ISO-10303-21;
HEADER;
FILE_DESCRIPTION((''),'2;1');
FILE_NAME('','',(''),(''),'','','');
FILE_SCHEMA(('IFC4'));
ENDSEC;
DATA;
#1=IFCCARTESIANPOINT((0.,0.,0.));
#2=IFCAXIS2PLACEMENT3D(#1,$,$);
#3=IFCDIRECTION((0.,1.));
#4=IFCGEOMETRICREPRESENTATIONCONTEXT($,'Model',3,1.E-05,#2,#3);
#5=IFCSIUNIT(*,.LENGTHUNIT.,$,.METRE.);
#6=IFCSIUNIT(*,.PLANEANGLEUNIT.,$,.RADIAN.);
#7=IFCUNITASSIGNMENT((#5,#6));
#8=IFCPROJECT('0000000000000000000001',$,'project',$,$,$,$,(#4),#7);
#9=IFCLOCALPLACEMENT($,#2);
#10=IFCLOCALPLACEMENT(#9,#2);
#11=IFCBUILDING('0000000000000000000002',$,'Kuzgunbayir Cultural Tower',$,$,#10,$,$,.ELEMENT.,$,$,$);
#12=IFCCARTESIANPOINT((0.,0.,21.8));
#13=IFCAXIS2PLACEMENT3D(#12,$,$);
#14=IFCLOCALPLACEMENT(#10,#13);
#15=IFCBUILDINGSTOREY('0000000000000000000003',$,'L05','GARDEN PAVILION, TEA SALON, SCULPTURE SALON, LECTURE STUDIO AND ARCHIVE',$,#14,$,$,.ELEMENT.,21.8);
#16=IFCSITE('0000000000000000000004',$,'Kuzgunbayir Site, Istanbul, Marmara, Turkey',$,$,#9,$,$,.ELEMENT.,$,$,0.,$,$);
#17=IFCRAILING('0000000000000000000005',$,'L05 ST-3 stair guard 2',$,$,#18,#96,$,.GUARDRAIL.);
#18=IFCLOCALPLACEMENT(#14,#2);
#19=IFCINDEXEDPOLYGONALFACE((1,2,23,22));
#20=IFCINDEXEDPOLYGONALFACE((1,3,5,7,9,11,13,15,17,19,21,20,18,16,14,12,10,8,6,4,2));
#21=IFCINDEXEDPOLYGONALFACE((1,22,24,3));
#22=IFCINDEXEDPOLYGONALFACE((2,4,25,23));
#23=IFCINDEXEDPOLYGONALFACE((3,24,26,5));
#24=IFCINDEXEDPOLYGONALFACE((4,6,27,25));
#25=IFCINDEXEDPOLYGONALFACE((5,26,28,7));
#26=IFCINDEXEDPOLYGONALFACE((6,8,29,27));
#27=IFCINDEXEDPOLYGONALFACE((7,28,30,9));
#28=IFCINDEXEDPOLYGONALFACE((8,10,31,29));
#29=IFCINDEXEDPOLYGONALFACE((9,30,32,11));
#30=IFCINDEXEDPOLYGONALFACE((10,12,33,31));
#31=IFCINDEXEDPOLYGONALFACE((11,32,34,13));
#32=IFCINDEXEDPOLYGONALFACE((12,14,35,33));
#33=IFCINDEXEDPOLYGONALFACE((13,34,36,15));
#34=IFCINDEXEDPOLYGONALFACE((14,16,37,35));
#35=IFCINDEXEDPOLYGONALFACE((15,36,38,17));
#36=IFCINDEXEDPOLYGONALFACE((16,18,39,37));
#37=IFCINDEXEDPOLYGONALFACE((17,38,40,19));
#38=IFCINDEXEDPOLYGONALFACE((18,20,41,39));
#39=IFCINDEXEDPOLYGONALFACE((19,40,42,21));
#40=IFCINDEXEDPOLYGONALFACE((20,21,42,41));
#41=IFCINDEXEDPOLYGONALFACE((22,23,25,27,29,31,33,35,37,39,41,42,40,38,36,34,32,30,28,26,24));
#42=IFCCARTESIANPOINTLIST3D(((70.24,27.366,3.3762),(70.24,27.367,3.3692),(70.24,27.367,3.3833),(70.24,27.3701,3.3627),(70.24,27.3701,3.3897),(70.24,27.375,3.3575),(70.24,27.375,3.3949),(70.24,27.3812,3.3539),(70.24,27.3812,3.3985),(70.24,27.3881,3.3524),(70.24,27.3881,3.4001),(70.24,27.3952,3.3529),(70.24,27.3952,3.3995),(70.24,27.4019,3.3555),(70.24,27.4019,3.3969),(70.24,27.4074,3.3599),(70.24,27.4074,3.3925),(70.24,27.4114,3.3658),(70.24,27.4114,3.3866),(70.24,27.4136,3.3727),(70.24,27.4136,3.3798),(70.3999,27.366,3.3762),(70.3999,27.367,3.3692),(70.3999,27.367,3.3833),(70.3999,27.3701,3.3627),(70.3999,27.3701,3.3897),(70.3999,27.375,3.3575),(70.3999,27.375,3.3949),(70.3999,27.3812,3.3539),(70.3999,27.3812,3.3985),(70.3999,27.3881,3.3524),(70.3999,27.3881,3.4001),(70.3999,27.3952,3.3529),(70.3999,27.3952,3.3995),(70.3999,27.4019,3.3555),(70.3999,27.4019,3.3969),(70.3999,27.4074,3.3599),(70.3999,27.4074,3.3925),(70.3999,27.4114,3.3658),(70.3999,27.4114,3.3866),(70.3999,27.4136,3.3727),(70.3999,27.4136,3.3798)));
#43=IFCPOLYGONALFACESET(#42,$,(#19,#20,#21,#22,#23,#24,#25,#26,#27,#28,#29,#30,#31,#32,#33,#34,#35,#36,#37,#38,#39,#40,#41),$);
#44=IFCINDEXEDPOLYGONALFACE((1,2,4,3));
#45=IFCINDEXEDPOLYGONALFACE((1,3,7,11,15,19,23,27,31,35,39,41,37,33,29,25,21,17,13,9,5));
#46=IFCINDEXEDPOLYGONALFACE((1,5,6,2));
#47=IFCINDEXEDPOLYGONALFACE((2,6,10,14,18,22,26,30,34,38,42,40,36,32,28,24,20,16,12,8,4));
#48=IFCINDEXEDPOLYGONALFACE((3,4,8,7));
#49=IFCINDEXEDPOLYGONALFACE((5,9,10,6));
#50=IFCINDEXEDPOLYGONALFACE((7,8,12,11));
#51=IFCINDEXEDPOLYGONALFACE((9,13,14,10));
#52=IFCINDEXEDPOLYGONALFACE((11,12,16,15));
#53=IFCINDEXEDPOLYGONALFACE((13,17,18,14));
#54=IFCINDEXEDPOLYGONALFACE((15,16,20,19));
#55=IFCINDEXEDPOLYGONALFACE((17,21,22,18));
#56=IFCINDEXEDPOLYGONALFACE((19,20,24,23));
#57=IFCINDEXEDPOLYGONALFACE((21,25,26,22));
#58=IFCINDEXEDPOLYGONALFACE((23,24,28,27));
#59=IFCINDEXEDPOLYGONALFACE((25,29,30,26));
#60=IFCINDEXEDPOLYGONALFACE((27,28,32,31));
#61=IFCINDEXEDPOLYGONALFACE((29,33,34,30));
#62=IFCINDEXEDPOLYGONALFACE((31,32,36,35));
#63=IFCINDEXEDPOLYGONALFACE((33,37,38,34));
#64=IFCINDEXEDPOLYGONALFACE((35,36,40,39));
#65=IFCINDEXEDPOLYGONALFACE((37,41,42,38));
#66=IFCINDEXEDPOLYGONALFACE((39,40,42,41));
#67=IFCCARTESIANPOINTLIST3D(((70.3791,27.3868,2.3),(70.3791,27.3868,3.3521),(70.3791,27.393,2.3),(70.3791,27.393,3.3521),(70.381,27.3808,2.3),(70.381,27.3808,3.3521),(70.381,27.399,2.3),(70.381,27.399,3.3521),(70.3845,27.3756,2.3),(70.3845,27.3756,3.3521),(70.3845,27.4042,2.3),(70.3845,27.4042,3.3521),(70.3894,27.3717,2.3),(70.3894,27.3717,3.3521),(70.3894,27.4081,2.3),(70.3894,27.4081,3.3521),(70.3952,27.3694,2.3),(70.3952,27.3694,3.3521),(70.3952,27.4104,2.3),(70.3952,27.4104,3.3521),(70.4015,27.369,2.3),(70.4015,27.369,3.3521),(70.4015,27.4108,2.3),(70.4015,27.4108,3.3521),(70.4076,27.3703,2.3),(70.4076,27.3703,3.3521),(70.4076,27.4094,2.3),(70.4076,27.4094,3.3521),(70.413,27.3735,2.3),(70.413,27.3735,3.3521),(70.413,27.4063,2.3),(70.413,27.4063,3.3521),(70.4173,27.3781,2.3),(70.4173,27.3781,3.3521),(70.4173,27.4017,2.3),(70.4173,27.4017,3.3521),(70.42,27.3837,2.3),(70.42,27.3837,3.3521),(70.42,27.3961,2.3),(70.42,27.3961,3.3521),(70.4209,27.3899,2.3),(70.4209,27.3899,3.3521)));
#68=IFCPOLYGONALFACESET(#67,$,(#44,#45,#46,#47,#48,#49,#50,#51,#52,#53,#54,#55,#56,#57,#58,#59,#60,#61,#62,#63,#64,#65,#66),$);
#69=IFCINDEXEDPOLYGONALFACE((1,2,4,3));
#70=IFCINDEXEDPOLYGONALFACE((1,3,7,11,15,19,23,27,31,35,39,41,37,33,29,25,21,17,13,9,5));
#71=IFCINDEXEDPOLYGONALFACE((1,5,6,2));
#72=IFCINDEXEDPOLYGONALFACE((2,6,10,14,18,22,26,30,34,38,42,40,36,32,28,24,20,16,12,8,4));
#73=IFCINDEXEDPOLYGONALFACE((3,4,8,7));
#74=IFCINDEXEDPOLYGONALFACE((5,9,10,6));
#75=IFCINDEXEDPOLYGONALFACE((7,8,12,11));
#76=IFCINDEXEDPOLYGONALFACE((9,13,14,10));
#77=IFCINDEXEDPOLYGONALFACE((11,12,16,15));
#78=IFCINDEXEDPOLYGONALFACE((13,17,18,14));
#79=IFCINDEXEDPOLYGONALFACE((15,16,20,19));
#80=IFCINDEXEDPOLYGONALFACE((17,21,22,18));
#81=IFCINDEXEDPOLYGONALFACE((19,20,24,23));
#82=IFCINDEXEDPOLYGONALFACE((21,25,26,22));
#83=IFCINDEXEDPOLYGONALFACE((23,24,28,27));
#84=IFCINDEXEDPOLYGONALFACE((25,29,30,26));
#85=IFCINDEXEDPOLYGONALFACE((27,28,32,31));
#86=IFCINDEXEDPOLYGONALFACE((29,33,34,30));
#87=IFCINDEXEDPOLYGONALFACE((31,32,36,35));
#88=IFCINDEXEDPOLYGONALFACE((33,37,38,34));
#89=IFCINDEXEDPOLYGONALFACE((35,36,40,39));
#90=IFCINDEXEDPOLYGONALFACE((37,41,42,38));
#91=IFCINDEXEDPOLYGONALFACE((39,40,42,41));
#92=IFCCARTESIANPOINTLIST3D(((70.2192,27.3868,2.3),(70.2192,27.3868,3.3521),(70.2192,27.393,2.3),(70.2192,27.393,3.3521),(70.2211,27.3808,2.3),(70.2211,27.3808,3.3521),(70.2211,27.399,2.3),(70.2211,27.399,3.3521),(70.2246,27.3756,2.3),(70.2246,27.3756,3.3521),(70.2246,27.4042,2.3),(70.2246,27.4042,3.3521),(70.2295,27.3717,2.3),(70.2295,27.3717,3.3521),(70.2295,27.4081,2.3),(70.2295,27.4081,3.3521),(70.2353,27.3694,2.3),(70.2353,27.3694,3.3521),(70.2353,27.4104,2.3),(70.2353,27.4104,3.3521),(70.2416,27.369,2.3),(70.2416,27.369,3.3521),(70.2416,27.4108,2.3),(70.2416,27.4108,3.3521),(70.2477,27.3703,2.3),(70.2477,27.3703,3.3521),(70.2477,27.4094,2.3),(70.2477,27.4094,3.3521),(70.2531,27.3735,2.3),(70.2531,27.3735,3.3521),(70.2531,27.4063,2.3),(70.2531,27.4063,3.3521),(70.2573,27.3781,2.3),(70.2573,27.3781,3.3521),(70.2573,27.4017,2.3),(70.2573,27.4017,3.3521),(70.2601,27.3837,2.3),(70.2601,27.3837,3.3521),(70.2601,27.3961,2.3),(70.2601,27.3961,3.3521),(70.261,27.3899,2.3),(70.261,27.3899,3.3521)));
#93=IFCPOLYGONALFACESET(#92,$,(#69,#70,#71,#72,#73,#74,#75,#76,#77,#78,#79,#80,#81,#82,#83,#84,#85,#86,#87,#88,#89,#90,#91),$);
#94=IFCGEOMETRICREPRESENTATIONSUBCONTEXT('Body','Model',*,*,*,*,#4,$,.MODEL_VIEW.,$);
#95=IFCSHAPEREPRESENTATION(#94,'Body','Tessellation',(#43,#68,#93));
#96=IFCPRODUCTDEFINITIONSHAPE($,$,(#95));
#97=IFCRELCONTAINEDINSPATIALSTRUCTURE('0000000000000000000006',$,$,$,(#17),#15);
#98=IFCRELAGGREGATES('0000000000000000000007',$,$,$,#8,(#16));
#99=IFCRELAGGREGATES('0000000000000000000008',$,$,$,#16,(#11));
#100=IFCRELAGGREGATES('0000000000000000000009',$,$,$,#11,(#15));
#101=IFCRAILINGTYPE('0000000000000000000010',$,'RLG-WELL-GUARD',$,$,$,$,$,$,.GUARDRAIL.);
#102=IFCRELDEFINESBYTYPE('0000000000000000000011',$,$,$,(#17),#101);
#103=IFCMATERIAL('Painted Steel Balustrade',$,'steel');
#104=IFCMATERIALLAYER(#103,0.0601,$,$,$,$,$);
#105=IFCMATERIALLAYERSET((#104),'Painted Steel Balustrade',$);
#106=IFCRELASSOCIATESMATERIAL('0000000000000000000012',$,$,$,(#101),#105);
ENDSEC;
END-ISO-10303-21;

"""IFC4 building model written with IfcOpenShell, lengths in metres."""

from ifc_helpers import new_model, si_unit, direction, frame, origin, origin_2d, place, context, subcontext, project, spatial, circle, extrude, material, layer, layer_set, type_object, element, save


model = new_model("IFC4")

# Units and contexts
model_context = context("Model", 3, precision=1e-05, world=origin(), true_north=direction((0.0, 1.0)))
body_context = subcontext(model_context, "Body", "Model", "MODEL_VIEW")
ifc_project = project(units=[si_unit("LENGTHUNIT", "METRE"), si_unit("PLANEANGLEUNIT", "RADIAN")], contexts=[model_context])

# Site, building, storey
site_placement = place(None, origin())
site = spatial("IfcSite", under=ifc_project, at=site_placement, Name="Kuzgunbayir Site, Istanbul, Marmara, Turkey", CompositionType="ELEMENT", RefElevation=0.0)
building_placement = place(site_placement, origin())
building = spatial("IfcBuilding", under=site, at=building_placement, Name="Kuzgunbayir Cultural Tower", CompositionType="ELEMENT")
storey_placement = place(building_placement, frame((0.0, 0.0, 21.8)))
storey = spatial("IfcBuildingStorey", under=building, at=storey_placement, Name="L05", Description="GARDEN PAVILION, TEA SALON, SCULPTURE SALON, LECTURE STUDIO AND ARCHIVE", CompositionType="ELEMENT", Elevation=21.8)

# Railing
ifc_material_1 = material(Name="Painted Steel Balustrade", Category="steel")
ifc_layer_1 = layer(ifc_material_1, 0.0601)
ifc_layer_set_1 = layer_set([ifc_layer_1], Name="Painted Steel Balustrade")
railing_type_1 = type_object("IfcRailingType", Name="RLG-WELL-GUARD", PredefinedType="GUARDRAIL", material=ifc_layer_set_1)
railing_1_placement = place(storey_placement, frame((70.3999, 27.3899, 2.3)))
element("IfcRailing", 1, at=railing_1_placement, inside=storey, type_object=railing_type_1, Name="L05 ST-3 stair guard 2", PredefinedType="GUARDRAIL", context=body_context, shape_type="SweptSolid", body=[
    extrude(circle(Radius=0.0239, at=origin_2d()), frame((0.0, 0.0, 1.0762), z_axis=(-1.0, 0.0, 0.0), x_axis=(0.0, -1.0, 0.0)), (0.0, 0.0, 1.0), 0.1599),
    extrude(circle(Radius=0.021, at=origin_2d()), origin(), (0.0, 0.0, 1.0), 1.052),
    extrude(circle(Radius=0.021, at=origin_2d()), frame((-0.1599, 0.0, 0.0)), (0.0, 0.0, 1.0), 1.052),
])

save(model, "model.ifc")
